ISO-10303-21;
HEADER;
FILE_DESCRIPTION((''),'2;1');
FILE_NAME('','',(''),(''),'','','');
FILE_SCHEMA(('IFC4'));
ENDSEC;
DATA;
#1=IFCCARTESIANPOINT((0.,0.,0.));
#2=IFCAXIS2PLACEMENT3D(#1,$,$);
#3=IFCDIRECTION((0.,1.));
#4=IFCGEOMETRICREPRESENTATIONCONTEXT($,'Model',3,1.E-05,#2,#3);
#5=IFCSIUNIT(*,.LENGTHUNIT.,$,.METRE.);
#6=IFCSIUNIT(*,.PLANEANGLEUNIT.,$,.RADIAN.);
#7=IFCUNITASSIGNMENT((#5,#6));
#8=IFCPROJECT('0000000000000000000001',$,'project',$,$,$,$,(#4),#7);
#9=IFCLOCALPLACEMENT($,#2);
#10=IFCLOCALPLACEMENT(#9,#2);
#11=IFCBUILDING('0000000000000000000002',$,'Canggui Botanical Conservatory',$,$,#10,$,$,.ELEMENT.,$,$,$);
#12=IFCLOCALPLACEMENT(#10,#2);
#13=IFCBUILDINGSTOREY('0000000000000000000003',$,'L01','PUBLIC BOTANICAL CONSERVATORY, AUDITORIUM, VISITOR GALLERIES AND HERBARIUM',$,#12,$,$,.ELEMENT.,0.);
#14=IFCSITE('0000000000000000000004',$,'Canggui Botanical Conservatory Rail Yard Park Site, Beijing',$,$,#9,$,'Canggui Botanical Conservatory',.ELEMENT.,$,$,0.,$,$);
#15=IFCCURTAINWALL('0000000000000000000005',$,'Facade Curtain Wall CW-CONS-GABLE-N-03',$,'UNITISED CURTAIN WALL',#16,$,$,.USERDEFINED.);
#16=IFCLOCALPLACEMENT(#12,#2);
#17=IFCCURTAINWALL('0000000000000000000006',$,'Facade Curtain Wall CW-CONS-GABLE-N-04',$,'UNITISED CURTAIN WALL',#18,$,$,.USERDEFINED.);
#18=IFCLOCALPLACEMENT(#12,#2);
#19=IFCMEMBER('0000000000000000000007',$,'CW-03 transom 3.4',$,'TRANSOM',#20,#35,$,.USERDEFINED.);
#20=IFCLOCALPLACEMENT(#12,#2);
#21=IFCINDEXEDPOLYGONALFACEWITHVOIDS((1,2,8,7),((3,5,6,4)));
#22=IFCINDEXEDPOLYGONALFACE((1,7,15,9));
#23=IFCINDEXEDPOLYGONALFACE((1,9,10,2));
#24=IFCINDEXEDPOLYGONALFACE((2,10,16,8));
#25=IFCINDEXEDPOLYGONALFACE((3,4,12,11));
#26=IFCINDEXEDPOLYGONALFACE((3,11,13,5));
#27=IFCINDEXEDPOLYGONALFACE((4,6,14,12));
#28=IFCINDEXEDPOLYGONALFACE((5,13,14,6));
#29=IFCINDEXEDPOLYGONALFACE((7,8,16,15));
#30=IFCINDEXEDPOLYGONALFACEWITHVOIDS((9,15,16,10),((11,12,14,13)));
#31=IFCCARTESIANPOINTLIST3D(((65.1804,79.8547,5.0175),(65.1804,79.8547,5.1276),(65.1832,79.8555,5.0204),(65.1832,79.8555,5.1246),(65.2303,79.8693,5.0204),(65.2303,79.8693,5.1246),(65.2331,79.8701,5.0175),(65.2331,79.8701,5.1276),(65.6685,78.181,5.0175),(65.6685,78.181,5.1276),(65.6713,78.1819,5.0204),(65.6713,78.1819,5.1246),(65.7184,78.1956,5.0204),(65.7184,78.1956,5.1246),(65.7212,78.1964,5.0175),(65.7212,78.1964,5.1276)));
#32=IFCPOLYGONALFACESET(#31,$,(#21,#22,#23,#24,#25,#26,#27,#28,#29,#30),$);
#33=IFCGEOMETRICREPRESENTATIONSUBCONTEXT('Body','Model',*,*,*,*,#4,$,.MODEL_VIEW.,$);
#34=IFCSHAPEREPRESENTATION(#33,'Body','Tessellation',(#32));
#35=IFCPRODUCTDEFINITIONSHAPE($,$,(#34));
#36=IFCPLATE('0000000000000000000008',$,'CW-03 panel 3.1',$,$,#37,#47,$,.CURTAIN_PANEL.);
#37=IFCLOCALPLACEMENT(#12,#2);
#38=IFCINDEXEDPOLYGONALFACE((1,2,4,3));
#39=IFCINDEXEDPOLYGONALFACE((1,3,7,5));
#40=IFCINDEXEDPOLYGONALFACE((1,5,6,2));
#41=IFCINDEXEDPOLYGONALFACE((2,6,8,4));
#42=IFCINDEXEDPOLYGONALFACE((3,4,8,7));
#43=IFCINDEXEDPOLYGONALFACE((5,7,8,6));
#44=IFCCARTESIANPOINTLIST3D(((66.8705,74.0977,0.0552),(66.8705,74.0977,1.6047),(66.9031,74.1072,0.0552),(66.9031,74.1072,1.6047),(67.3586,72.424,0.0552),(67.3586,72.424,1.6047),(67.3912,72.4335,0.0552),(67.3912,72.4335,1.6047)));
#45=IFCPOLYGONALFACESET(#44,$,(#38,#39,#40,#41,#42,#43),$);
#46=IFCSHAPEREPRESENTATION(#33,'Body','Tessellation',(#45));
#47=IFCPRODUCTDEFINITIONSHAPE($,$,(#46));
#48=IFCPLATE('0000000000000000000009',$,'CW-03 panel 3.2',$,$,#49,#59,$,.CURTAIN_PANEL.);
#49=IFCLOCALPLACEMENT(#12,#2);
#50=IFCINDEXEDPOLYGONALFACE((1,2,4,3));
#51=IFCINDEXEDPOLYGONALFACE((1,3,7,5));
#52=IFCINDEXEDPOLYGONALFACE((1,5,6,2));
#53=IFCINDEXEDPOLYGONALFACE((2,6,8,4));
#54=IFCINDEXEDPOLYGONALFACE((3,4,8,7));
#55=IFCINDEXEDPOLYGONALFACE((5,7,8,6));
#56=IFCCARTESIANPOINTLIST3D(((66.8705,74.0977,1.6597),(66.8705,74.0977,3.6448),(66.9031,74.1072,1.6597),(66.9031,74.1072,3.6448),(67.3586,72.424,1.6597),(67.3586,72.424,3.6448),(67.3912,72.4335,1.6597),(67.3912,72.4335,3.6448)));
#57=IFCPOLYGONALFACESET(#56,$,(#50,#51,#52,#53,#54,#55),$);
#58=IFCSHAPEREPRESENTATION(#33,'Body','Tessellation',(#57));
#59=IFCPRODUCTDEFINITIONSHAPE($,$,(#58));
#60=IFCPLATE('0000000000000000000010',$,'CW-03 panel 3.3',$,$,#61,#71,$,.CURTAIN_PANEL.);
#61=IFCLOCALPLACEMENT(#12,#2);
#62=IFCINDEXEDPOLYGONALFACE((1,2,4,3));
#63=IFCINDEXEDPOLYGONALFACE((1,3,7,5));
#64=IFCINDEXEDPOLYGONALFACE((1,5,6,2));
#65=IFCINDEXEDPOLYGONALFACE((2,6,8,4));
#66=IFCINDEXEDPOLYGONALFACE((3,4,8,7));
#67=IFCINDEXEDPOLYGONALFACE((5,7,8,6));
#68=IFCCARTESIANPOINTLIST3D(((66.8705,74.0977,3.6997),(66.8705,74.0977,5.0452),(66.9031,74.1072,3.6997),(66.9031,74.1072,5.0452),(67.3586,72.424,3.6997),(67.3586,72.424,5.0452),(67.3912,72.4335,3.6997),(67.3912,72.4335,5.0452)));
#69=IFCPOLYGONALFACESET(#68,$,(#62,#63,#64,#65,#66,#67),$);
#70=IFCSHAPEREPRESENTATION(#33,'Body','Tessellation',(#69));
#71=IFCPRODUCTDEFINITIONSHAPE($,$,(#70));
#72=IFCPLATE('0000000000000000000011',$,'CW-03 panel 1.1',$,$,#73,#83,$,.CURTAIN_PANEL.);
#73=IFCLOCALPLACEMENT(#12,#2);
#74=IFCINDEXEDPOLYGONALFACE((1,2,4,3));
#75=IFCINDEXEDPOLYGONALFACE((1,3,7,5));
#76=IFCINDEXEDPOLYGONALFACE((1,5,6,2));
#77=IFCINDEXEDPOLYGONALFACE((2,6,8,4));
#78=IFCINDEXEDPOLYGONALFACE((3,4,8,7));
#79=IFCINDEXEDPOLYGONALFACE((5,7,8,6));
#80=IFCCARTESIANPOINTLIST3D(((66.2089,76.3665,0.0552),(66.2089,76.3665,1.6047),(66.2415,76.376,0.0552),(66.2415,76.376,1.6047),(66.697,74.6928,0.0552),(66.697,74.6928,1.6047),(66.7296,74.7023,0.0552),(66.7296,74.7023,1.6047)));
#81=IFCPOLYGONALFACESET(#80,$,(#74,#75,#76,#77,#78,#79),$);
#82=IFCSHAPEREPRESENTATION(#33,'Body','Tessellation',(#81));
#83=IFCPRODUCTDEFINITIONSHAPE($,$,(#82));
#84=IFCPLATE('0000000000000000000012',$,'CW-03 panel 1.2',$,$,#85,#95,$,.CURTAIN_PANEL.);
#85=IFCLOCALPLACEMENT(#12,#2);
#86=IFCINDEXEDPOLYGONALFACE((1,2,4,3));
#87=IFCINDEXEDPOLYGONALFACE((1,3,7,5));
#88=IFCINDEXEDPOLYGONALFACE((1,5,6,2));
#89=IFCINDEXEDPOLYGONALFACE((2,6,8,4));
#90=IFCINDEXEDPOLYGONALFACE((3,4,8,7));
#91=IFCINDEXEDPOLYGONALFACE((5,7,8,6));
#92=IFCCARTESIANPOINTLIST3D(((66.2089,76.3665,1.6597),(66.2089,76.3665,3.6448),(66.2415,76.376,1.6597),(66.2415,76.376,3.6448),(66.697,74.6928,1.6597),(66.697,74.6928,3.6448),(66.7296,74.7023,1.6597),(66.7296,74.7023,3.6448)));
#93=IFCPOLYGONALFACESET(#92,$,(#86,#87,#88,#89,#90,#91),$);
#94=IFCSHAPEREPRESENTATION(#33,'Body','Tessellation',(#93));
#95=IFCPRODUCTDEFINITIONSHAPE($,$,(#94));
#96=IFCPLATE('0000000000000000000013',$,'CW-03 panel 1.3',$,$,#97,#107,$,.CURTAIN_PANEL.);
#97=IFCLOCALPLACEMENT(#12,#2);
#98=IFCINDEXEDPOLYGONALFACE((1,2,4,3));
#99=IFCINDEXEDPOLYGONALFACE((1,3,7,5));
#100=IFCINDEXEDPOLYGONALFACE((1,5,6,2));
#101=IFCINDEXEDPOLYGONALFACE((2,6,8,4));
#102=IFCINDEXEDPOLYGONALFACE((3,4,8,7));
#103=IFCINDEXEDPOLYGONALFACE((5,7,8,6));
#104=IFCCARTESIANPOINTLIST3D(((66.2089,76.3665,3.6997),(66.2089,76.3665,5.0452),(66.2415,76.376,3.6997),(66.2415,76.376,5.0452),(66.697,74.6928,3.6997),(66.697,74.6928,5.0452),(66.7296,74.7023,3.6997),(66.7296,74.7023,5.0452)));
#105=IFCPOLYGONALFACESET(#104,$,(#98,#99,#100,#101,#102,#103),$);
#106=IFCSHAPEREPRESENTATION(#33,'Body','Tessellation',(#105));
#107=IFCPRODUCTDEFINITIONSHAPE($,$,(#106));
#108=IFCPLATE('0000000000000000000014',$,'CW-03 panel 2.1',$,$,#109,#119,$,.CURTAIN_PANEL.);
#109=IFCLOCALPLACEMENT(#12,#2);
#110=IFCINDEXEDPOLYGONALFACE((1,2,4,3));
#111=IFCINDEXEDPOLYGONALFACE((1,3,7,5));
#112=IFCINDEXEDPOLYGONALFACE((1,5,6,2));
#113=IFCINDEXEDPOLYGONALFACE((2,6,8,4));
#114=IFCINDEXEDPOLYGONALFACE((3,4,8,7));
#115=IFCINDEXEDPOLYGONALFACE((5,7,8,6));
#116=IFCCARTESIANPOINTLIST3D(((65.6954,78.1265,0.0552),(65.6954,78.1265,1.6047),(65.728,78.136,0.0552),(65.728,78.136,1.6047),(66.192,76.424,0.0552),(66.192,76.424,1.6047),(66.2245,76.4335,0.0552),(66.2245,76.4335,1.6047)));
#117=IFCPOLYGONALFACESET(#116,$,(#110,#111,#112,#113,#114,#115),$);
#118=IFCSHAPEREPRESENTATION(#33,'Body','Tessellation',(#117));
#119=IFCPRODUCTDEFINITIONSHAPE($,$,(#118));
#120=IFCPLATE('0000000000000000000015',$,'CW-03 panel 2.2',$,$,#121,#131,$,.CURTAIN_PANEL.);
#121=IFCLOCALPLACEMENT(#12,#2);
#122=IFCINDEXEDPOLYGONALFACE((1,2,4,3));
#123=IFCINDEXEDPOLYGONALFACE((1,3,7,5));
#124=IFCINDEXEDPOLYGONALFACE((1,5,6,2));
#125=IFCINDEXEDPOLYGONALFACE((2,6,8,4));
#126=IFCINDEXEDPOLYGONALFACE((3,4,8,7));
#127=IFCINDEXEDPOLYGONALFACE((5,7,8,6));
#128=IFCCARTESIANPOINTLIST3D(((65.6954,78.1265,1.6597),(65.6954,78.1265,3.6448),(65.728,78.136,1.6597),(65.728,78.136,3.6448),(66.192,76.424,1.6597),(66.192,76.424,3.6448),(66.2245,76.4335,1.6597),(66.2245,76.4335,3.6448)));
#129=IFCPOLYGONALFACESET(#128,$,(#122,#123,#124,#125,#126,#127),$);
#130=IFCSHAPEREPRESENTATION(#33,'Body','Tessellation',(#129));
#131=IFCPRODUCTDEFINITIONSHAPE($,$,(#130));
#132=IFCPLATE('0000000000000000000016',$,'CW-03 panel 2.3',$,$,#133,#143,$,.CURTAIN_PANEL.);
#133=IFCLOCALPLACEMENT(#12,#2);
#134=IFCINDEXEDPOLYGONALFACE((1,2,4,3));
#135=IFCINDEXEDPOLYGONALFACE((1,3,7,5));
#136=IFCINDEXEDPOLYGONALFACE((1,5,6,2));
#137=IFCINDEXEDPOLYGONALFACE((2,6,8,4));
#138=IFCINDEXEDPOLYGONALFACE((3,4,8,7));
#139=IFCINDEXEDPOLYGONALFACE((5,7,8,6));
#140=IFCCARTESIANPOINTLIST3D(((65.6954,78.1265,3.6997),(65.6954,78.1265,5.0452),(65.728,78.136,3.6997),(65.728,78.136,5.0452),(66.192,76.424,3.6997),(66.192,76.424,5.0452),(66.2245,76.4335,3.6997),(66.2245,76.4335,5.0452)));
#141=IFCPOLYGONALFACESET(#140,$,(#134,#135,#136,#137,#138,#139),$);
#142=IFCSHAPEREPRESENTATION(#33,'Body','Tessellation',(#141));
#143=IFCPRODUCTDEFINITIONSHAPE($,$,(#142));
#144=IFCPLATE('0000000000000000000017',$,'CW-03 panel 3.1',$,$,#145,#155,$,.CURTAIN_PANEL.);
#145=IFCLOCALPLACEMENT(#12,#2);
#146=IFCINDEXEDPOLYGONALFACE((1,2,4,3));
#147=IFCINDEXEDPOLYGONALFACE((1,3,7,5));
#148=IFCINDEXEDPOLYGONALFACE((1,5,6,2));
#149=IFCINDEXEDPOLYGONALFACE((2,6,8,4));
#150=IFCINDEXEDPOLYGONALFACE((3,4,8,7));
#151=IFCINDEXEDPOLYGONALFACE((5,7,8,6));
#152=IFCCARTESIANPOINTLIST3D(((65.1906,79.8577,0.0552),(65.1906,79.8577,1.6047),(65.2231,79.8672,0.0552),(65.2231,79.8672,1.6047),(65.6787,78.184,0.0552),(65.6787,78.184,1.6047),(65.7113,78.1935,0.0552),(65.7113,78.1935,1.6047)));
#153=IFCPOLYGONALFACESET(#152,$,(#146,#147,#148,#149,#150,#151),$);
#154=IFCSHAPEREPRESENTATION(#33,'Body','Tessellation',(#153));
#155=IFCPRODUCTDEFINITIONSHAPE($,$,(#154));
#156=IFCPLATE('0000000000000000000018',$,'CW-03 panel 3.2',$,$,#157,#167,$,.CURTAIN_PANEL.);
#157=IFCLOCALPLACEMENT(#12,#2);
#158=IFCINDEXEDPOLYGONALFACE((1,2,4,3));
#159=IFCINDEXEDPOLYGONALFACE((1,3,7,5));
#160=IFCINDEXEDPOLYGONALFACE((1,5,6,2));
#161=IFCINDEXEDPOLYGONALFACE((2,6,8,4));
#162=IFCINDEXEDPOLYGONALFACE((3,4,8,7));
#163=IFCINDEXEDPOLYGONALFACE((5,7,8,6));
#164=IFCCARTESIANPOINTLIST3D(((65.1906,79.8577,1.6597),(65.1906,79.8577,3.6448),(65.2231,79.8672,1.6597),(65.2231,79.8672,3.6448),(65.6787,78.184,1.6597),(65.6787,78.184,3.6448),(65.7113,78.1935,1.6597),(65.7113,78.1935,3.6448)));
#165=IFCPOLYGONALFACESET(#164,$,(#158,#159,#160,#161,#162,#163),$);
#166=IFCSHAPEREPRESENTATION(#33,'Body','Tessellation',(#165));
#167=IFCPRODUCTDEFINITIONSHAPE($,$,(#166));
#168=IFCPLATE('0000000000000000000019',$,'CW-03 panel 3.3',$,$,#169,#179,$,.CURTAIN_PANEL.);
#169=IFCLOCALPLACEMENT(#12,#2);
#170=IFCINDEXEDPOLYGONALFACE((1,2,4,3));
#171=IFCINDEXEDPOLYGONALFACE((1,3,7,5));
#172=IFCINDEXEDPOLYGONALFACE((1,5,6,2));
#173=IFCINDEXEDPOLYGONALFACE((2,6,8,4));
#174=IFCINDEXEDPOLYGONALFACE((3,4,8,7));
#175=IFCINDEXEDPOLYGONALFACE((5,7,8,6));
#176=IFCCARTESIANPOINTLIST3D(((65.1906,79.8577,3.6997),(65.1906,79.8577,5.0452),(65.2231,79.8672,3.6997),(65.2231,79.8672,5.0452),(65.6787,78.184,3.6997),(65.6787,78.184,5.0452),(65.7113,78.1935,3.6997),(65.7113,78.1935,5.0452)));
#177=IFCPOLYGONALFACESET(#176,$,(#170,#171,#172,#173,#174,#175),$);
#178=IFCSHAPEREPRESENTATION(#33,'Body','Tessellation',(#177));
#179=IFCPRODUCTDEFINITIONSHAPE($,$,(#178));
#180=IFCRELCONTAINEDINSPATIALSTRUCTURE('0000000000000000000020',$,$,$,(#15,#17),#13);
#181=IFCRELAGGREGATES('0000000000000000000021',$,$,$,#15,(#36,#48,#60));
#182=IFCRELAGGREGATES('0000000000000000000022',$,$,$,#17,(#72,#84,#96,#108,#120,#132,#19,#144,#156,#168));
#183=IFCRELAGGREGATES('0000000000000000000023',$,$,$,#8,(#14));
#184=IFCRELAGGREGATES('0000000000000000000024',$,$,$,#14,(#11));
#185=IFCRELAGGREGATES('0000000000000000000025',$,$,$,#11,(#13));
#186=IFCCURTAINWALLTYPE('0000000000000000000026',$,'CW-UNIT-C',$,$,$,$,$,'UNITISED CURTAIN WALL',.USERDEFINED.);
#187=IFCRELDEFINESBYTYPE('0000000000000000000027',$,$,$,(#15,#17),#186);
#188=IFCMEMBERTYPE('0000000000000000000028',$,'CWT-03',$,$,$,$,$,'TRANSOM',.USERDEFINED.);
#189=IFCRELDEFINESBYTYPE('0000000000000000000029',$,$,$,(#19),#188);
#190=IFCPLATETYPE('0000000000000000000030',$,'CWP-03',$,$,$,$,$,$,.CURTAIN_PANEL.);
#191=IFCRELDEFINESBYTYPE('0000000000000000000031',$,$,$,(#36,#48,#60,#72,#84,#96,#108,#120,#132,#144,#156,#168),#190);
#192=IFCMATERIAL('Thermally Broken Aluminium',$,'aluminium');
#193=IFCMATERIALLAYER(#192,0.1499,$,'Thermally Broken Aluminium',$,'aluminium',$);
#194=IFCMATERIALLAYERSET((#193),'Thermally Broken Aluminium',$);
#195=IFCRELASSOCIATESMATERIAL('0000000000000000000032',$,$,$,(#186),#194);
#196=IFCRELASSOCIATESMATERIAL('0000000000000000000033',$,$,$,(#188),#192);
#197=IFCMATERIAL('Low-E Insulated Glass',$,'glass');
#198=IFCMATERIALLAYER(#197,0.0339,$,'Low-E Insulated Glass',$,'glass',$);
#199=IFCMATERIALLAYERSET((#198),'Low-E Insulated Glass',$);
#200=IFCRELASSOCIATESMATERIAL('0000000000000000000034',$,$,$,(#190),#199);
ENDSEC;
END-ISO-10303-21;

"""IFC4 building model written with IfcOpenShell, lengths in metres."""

from ifc_helpers import new_model, si_unit, direction, frame, origin, origin_2d, place, context, subcontext, project, spatial, rectangle, hollow_rectangle, extrude, material, layer, layer_set, material_profile, profile_set, type_object, element, aggregate, save


model = new_model("IFC4")

# Units and contexts
model_context = context("Model", 3, precision=1e-05, world=origin(), true_north=direction((0.0, 1.0)))
body_context = subcontext(model_context, "Body", "Model", "MODEL_VIEW")
ifc_project = project(units=[si_unit("LENGTHUNIT", "METRE"), si_unit("PLANEANGLEUNIT", "RADIAN")], contexts=[model_context])

# Site, building, storey
site_placement = place(None, origin())
site = spatial("IfcSite", under=ifc_project, at=site_placement, Name="Canggui Botanical Conservatory Rail Yard Park Site, Beijing", LongName="Canggui Botanical Conservatory", CompositionType="ELEMENT", RefElevation=0.0)
building_placement = place(site_placement, origin())
building = spatial("IfcBuilding", under=site, at=building_placement, Name="Canggui Botanical Conservatory", CompositionType="ELEMENT")
storey_placement = place(building_placement, origin())
storey = spatial("IfcBuildingStorey", under=building, at=storey_placement, Name="L01", Description="PUBLIC BOTANICAL CONSERVATORY, AUDITORIUM, VISITOR GALLERIES AND HERBARIUM", CompositionType="ELEMENT", Elevation=0.0)

# Curtain wall
ifc_material_1 = material(Name="Thermally Broken Aluminium", Category="aluminium")
ifc_layer_1 = layer(ifc_material_1, 0.1499, Name="Thermally Broken Aluminium", Category="aluminium")
ifc_layer_set_1 = layer_set([ifc_layer_1], Name="Thermally Broken Aluminium")
curtain_wall_type = type_object("IfcCurtainWallType", Name="CW-UNIT-C", ElementType="UNITISED CURTAIN WALL", PredefinedType="USERDEFINED", material=ifc_layer_set_1)
curtain_wall_1_placement = place(storey_placement, origin())
curtain_wall_1 = element("IfcCurtainWall", 1, at=curtain_wall_1_placement, inside=storey, type_object=curtain_wall_type, Name="Facade Curtain Wall CW-CONS-GABLE-N-03", ObjectType="UNITISED CURTAIN WALL", PredefinedType="USERDEFINED")

# Curtain wall
curtain_wall_2_placement = place(storey_placement, origin())
curtain_wall_2 = element("IfcCurtainWall", 2, at=curtain_wall_2_placement, inside=storey, type_object=curtain_wall_type, Name="Facade Curtain Wall CW-CONS-GABLE-N-04", ObjectType="UNITISED CURTAIN WALL", PredefinedType="USERDEFINED")

# Member
ifc_material_profile_1 = material_profile(ifc_material_1, hollow_rectangle(XDim=0.0549, YDim=0.1101, WallThickness=0.0029, at=origin_2d()), Name="CWT 55x110x3")
ifc_profile_set_1 = profile_set([ifc_material_profile_1], Name="Thermally Broken Aluminium")
member_type_1 = type_object("IfcMemberType", Name="CWT-03", ElementType="TRANSOM", PredefinedType="USERDEFINED", material=ifc_profile_set_1)
member_1_placement = place(storey_placement, frame((65.6948, 78.1887, 5.0725), z_axis=(-0.279952, 0.960014, 0.0), x_axis=(-0.960014, -0.279952, 0.0)))
member_1 = element("IfcMember", 3, at=member_1_placement, type_object=member_type_1, Name="CW-03 transom 3.4", ObjectType="TRANSOM", PredefinedType="USERDEFINED", context=body_context, shape_type="SweptSolid", body=[
    extrude(hollow_rectangle(XDim=0.0549, YDim=0.1101, WallThickness=0.0029, at=origin_2d()), origin(), (0.0, 0.0, 1.0), 1.7434),
])

# Plates
ifc_material_2 = material(Name="Low-E Insulated Glass", Category="glass")
ifc_layer_2 = layer(ifc_material_2, 0.0339, Name="Low-E Insulated Glass", Category="glass")
ifc_layer_set_2 = layer_set([ifc_layer_2], Name="Low-E Insulated Glass")
plate_type = type_object("IfcPlateType", Name="CWP-03", PredefinedType="CURTAIN_PANEL", material=ifc_layer_set_2)
plate_1_placement = place(storey_placement, frame((67.1309, 73.2656, 0.0552), z_axis=(0.0, 0.0, 1.0), x_axis=(-0.28, 0.96, 0.0)))
plate_1 = element("IfcPlate", 4, at=plate_1_placement, type_object=plate_type, Name="CW-03 panel 3.1", PredefinedType="CURTAIN_PANEL", context=body_context, shape_type="SweptSolid", body=[
    extrude(rectangle(XDim=1.7434, YDim=0.0339, at=origin_2d()), origin(), (0.0, 0.0, 1.0), 1.5496),
])
plate_2_placement = place(storey_placement, frame((67.1309, 73.2656, 1.6597), z_axis=(0.0, 0.0, 1.0), x_axis=(-0.28, 0.96, 0.0)))
plate_2 = element("IfcPlate", 5, at=plate_2_placement, type_object=plate_type, Name="CW-03 panel 3.2", PredefinedType="CURTAIN_PANEL", context=body_context, shape_type="SweptSolid", body=[
    extrude(rectangle(XDim=1.7434, YDim=0.0339, at=origin_2d()), origin(), (0.0, 0.0, 1.0), 1.9851),
])
plate_3_placement = place(storey_placement, frame((67.1309, 73.2656, 3.6997), z_axis=(0.0, 0.0, 1.0), x_axis=(-0.28, 0.96, 0.0)))
plate_3 = element("IfcPlate", 6, at=plate_3_placement, type_object=plate_type, Name="CW-03 panel 3.3", PredefinedType="CURTAIN_PANEL", context=body_context, shape_type="SweptSolid", body=[
    extrude(rectangle(XDim=1.7434, YDim=0.0339, at=origin_2d()), origin(), (0.0, 0.0, 1.0), 1.3455),
])
aggregate(curtain_wall_1, [plate_1, plate_2, plate_3])
plate_4_placement = place(storey_placement, frame((66.4692, 75.5344, 0.0552), z_axis=(0.0, 0.0, 1.0), x_axis=(-0.28, 0.96, 0.0)))
plate_4 = element("IfcPlate", 7, at=plate_4_placement, type_object=plate_type, Name="CW-03 panel 1.1", PredefinedType="CURTAIN_PANEL", context=body_context, shape_type="SweptSolid", body=[
    extrude(rectangle(XDim=1.7434, YDim=0.0339, at=origin_2d()), origin(), (0.0, 0.0, 1.0), 1.5496),
])
plate_5_placement = place(storey_placement, frame((66.4692, 75.5344, 1.6597), z_axis=(0.0, 0.0, 1.0), x_axis=(-0.28, 0.96, 0.0)))
plate_5 = element("IfcPlate", 8, at=plate_5_placement, type_object=plate_type, Name="CW-03 panel 1.2", PredefinedType="CURTAIN_PANEL", context=body_context, shape_type="SweptSolid", body=[
    extrude(rectangle(XDim=1.7434, YDim=0.0339, at=origin_2d()), origin(), (0.0, 0.0, 1.0), 1.9851),
])
plate_6_placement = place(storey_placement, frame((66.4692, 75.5344, 3.6997), z_axis=(0.0, 0.0, 1.0), x_axis=(-0.28, 0.96, 0.0)))
plate_6 = element("IfcPlate", 9, at=plate_6_placement, type_object=plate_type, Name="CW-03 panel 1.3", PredefinedType="CURTAIN_PANEL", context=body_context, shape_type="SweptSolid", body=[
    extrude(rectangle(XDim=1.7434, YDim=0.0339, at=origin_2d()), origin(), (0.0, 0.0, 1.0), 1.3455),
])
plate_7_placement = place(storey_placement, frame((65.96, 77.28, 0.0552), z_axis=(0.0, 0.0, 1.0), x_axis=(-0.28, 0.96, 0.0)))
plate_7 = element("IfcPlate", 10, at=plate_7_placement, type_object=plate_type, Name="CW-03 panel 2.1", PredefinedType="CURTAIN_PANEL", context=body_context, shape_type="SweptSolid", body=[
    extrude(rectangle(XDim=1.7734, YDim=0.0339, at=origin_2d()), origin(), (0.0, 0.0, 1.0), 1.5496),
])
plate_8_placement = place(storey_placement, frame((65.96, 77.28, 1.6597), z_axis=(0.0, 0.0, 1.0), x_axis=(-0.28, 0.96, 0.0)))
plate_8 = element("IfcPlate", 11, at=plate_8_placement, type_object=plate_type, Name="CW-03 panel 2.2", PredefinedType="CURTAIN_PANEL", context=body_context, shape_type="SweptSolid", body=[
    extrude(rectangle(XDim=1.7734, YDim=0.0339, at=origin_2d()), origin(), (0.0, 0.0, 1.0), 1.9851),
])
plate_9_placement = place(storey_placement, frame((65.96, 77.28, 3.6997), z_axis=(0.0, 0.0, 1.0), x_axis=(-0.28, 0.96, 0.0)))
plate_9 = element("IfcPlate", 12, at=plate_9_placement, type_object=plate_type, Name="CW-03 panel 2.3", PredefinedType="CURTAIN_PANEL", context=body_context, shape_type="SweptSolid", body=[
    extrude(rectangle(XDim=1.7734, YDim=0.0339, at=origin_2d()), origin(), (0.0, 0.0, 1.0), 1.3455),
])
plate_10_placement = place(storey_placement, frame((65.4509, 79.0256, 0.0552), z_axis=(0.0, 0.0, 1.0), x_axis=(-0.28, 0.96, 0.0)))
plate_10 = element("IfcPlate", 13, at=plate_10_placement, type_object=plate_type, Name="CW-03 panel 3.1", PredefinedType="CURTAIN_PANEL", context=body_context, shape_type="SweptSolid", body=[
    extrude(rectangle(XDim=1.7434, YDim=0.0339, at=origin_2d()), origin(), (0.0, 0.0, 1.0), 1.5496),
])
plate_11_placement = place(storey_placement, frame((65.4509, 79.0256, 1.6597), z_axis=(0.0, 0.0, 1.0), x_axis=(-0.28, 0.96, 0.0)))
plate_11 = element("IfcPlate", 14, at=plate_11_placement, type_object=plate_type, Name="CW-03 panel 3.2", PredefinedType="CURTAIN_PANEL", context=body_context, shape_type="SweptSolid", body=[
    extrude(rectangle(XDim=1.7434, YDim=0.0339, at=origin_2d()), origin(), (0.0, 0.0, 1.0), 1.9851),
])
plate_12_placement = place(storey_placement, frame((65.4509, 79.0256, 3.6997), z_axis=(0.0, 0.0, 1.0), x_axis=(-0.28, 0.96, 0.0)))
plate_12 = element("IfcPlate", 15, at=plate_12_placement, type_object=plate_type, Name="CW-03 panel 3.3", PredefinedType="CURTAIN_PANEL", context=body_context, shape_type="SweptSolid", body=[
    extrude(rectangle(XDim=1.7434, YDim=0.0339, at=origin_2d()), origin(), (0.0, 0.0, 1.0), 1.3455),
])
aggregate(curtain_wall_2, [plate_4, plate_5, plate_6, plate_7, plate_8, plate_9, member_1, plate_10, plate_11, plate_12])

save(model, "model.ifc")
